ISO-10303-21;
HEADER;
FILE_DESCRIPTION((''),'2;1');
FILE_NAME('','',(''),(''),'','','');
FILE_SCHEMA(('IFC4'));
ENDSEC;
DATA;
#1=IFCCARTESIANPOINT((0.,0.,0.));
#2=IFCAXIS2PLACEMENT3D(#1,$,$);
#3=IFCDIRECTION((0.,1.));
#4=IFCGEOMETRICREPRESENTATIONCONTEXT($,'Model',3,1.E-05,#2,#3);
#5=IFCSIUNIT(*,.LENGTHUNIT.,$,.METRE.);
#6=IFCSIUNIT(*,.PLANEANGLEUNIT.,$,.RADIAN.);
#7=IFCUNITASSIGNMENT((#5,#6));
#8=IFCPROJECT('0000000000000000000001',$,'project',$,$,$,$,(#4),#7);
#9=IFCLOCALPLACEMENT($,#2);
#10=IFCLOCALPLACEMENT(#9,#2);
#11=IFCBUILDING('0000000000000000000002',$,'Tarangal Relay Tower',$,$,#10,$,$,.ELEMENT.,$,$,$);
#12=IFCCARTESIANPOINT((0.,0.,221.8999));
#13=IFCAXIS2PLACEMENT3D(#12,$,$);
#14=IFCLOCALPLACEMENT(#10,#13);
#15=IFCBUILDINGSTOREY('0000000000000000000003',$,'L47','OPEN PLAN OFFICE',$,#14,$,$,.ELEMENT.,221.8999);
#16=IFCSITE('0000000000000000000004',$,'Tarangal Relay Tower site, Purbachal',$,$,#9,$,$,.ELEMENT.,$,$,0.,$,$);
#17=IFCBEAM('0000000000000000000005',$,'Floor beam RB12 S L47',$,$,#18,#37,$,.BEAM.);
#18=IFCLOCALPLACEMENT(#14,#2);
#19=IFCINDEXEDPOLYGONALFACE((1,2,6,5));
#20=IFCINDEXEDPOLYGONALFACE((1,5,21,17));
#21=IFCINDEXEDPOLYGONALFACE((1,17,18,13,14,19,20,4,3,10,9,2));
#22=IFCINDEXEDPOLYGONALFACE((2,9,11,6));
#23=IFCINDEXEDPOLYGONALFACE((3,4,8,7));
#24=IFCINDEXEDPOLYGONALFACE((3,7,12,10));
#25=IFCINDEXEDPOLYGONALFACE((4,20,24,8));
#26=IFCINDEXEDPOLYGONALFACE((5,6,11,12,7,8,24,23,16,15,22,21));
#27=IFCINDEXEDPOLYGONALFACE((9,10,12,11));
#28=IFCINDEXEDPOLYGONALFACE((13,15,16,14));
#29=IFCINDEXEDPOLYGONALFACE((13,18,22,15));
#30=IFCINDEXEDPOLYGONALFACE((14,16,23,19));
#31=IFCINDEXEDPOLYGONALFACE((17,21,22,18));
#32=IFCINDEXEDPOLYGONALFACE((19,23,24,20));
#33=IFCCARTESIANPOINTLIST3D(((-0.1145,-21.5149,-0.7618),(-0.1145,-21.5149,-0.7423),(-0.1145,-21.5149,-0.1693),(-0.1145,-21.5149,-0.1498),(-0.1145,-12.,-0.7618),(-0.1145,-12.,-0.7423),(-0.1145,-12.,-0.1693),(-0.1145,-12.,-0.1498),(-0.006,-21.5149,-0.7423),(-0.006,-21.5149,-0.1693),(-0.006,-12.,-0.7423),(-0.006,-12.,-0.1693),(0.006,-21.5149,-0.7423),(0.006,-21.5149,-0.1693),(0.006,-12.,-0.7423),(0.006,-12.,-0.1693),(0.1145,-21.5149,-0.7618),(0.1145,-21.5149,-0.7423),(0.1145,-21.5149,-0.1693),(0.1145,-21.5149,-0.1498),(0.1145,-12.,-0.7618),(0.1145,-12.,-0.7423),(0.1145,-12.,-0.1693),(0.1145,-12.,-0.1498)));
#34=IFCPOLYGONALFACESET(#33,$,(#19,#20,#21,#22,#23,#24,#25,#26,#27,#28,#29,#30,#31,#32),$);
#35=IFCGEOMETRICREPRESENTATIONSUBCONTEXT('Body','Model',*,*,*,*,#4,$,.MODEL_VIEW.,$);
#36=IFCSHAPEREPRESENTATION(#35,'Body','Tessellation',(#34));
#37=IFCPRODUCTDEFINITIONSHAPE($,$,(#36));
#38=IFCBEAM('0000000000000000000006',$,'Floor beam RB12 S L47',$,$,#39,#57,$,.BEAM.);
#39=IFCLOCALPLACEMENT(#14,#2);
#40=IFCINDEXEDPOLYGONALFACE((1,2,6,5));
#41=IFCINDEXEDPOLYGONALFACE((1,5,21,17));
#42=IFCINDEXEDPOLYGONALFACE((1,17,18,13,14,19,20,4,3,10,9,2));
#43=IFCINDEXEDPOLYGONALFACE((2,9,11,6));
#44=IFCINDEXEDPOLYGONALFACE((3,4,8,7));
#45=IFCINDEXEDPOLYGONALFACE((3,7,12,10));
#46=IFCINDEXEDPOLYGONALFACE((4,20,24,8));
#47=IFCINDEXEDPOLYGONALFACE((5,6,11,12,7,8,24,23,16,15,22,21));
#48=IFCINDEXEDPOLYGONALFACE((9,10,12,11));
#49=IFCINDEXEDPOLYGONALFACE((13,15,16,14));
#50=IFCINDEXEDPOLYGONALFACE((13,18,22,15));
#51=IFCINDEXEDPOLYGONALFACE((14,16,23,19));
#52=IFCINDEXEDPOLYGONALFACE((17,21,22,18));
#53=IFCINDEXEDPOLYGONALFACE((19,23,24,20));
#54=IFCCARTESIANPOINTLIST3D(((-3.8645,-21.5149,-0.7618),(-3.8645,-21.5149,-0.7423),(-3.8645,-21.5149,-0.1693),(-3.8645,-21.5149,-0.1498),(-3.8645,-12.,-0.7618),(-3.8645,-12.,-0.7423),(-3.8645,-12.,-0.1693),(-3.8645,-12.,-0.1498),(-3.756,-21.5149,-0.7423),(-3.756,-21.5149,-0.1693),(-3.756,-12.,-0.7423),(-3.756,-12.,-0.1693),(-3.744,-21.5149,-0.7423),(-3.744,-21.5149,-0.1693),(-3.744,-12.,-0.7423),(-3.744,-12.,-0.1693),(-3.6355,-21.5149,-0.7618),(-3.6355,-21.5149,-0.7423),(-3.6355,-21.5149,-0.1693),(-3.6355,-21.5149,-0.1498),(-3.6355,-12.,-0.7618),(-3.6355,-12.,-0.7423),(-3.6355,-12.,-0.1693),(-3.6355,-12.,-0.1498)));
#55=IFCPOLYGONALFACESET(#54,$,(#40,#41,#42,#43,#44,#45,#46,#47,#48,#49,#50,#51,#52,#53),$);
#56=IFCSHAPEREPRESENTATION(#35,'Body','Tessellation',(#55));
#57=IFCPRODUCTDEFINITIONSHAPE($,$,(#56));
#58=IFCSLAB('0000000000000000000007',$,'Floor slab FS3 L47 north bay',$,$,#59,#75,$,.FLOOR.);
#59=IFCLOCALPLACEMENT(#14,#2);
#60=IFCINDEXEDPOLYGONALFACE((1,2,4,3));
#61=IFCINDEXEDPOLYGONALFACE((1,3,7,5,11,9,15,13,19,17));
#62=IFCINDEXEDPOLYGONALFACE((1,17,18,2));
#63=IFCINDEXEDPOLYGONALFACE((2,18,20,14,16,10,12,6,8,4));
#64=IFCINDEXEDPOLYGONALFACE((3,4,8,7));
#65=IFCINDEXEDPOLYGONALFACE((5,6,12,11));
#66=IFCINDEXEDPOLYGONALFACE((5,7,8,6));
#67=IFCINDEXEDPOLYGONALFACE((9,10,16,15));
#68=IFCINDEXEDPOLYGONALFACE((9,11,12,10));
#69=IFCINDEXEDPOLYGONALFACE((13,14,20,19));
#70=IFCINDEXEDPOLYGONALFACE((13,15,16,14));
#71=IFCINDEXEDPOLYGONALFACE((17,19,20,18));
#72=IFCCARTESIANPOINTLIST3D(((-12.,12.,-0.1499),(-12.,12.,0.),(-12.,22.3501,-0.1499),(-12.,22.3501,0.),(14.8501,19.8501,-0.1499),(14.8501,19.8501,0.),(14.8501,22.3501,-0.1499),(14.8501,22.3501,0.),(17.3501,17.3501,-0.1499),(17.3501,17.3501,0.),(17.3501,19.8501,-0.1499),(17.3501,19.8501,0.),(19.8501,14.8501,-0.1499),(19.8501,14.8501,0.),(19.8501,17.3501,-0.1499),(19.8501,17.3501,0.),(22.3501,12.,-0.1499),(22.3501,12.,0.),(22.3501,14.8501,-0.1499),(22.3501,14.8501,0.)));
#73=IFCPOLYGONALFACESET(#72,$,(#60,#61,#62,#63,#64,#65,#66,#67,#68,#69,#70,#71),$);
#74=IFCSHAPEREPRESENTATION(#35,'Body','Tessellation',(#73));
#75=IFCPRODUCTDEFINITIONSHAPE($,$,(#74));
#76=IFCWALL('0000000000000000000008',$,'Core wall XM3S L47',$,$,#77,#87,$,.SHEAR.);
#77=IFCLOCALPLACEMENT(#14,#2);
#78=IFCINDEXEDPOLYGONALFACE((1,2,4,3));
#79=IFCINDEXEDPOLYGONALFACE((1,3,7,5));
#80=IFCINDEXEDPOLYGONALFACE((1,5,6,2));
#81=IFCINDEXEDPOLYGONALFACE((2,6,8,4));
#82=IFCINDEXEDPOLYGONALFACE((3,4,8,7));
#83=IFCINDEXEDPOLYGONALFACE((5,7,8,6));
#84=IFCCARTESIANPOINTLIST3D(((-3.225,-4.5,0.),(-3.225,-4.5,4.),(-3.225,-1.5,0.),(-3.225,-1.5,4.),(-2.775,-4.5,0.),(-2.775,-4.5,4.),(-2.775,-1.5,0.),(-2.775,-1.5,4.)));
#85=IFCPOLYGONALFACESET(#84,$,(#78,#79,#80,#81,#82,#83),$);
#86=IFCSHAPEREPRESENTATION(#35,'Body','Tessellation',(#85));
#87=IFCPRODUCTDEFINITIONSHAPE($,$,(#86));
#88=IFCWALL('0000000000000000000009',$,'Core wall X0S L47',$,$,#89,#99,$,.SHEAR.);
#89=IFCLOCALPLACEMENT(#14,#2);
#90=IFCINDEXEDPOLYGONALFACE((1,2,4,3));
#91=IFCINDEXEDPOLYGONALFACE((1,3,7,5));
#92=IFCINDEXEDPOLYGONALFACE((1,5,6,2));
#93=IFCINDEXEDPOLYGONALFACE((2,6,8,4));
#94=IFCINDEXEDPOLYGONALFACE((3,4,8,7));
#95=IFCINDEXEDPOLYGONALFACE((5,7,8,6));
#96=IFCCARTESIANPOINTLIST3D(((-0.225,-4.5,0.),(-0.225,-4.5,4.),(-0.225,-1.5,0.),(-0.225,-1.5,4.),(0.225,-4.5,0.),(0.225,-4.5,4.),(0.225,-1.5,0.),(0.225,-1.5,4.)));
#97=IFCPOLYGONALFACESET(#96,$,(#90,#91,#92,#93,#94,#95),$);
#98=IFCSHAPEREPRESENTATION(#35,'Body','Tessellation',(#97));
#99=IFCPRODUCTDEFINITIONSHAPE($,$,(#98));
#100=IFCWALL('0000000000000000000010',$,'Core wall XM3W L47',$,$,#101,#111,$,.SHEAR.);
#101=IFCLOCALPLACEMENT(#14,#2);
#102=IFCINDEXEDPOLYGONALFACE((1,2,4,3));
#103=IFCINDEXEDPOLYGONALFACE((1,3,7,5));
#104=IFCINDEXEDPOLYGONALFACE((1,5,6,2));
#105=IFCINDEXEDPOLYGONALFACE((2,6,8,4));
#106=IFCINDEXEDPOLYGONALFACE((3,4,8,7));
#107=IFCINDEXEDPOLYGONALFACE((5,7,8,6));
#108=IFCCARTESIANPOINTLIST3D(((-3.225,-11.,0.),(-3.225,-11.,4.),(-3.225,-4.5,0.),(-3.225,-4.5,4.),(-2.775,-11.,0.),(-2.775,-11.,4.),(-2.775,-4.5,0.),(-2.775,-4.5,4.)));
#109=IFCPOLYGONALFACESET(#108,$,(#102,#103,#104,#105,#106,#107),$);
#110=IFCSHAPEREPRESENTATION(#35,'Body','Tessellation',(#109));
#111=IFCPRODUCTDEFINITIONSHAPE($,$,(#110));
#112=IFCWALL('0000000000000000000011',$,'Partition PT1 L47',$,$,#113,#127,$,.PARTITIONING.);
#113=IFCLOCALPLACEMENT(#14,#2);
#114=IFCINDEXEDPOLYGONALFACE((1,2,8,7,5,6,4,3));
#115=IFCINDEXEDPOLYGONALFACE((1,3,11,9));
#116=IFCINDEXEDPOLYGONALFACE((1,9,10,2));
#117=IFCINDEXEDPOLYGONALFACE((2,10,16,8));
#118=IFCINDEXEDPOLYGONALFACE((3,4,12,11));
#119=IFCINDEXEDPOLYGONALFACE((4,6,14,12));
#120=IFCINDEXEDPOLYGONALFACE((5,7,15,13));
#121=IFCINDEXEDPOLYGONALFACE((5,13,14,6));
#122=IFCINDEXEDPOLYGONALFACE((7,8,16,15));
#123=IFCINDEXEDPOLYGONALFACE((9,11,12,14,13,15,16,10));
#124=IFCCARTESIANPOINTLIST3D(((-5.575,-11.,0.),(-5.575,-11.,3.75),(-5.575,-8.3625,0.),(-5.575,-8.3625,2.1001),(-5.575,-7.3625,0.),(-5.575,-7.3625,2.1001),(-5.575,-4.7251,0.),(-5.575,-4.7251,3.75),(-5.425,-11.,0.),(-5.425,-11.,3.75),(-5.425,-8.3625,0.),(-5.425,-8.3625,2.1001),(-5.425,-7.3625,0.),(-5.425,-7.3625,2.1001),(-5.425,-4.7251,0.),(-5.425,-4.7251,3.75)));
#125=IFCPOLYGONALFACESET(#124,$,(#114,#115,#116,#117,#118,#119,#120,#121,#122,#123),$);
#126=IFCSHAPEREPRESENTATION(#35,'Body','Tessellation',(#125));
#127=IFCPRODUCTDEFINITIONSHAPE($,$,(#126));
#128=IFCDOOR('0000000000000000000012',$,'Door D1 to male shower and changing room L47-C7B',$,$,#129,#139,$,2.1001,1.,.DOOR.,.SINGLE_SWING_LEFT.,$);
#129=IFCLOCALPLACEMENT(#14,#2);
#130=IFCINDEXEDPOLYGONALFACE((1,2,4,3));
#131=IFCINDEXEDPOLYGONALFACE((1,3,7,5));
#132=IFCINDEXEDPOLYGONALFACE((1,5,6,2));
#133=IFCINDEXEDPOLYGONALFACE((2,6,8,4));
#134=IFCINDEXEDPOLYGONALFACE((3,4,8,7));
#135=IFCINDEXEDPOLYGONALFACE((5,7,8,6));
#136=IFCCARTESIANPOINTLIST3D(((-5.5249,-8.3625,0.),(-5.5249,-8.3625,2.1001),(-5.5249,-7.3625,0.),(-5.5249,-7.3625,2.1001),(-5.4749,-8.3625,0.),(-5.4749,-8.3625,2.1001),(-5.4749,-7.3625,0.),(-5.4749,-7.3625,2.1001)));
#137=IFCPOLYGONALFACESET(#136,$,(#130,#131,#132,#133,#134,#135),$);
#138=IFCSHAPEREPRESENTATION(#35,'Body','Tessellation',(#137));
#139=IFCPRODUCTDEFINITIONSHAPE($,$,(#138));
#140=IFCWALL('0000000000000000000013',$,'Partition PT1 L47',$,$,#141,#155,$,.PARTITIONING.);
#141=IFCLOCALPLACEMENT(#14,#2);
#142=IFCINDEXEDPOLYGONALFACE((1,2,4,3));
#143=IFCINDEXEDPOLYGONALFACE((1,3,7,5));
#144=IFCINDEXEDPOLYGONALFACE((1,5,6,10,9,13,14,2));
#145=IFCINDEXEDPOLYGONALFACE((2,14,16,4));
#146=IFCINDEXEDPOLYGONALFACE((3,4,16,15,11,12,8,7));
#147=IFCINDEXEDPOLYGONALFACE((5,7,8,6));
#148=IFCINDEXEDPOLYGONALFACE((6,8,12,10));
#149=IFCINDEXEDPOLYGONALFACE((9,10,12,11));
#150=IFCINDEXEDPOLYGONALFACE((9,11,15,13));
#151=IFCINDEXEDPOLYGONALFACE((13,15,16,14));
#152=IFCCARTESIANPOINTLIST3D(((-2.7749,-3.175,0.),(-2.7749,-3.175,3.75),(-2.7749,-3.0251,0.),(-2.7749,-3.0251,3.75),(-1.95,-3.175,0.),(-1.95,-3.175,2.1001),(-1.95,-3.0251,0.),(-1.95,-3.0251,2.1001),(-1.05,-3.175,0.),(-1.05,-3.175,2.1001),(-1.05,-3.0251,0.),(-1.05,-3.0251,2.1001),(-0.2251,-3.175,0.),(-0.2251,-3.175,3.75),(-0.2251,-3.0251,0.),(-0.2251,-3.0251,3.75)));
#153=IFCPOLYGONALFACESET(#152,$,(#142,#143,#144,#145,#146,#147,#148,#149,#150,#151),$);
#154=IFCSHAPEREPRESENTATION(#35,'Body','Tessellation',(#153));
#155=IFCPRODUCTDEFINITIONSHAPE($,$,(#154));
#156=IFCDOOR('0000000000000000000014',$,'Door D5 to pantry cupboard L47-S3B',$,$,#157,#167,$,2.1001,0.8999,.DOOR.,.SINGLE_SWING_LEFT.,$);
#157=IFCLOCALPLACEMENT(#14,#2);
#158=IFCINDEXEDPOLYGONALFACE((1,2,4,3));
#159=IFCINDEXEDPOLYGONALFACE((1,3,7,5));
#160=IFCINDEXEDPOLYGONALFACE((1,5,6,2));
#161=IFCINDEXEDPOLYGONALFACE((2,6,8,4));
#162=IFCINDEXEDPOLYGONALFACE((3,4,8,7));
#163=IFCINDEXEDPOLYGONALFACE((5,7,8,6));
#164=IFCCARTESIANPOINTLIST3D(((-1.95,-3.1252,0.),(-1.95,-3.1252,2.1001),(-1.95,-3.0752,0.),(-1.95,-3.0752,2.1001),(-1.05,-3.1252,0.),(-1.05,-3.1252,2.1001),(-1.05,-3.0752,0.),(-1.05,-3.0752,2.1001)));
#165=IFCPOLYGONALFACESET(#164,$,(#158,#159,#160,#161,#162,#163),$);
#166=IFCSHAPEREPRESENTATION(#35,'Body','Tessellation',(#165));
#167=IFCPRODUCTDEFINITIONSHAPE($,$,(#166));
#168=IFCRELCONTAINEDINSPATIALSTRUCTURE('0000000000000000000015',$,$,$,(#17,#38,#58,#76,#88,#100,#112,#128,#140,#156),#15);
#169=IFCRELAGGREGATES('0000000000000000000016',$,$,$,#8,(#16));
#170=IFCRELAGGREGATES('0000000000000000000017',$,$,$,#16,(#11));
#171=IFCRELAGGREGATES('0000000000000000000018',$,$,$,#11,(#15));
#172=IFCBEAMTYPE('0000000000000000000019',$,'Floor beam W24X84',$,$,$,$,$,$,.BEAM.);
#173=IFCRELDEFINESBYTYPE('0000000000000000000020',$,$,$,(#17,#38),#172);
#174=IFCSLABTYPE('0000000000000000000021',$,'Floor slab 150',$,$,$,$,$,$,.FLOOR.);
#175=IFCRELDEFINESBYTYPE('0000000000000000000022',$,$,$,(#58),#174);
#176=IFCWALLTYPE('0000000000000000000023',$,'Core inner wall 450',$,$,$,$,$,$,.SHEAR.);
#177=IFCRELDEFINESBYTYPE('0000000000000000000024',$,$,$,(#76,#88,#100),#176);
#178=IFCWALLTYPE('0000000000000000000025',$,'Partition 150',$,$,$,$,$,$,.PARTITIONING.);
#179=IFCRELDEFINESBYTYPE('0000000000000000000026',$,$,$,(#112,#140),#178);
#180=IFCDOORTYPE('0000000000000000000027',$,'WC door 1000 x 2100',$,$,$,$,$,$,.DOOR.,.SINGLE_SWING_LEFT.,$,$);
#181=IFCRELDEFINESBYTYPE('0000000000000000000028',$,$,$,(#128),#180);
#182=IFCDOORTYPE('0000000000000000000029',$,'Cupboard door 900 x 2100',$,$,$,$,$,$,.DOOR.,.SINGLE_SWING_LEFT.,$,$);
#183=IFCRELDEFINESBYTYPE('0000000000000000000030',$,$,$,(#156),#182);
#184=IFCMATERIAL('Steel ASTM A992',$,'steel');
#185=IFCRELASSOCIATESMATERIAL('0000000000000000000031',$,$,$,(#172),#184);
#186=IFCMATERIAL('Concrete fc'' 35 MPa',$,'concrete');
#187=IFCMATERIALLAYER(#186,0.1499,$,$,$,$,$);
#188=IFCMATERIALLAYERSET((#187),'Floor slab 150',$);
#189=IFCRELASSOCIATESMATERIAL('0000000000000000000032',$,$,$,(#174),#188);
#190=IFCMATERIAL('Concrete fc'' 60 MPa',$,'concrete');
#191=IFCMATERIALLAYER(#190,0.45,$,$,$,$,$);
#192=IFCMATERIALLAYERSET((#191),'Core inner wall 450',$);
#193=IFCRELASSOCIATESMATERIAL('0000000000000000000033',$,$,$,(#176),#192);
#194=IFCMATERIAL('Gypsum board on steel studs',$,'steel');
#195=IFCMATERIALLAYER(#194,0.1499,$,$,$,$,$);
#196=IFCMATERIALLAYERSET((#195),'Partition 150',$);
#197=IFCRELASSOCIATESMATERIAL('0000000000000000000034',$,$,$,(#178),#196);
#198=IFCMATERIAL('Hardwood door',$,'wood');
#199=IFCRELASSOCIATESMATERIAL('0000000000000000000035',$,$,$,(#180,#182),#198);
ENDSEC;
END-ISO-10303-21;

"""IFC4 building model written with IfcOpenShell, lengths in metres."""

from ifc_helpers import new_model, si_unit, direction, frame, frame_2d, origin, origin_2d, place, context, subcontext, project, spatial, polyline, rectangle, i_section, outline, extrude, material, layer, layer_set, material_profile, profile_set, type_object, element, fill, save


model = new_model("IFC4")

# Units and contexts
model_context = context("Model", 3, precision=1e-05, world=origin(), true_north=direction((0.0, 1.0)))
body_context = subcontext(model_context, "Body", "Model", "MODEL_VIEW")
ifc_project = project(units=[si_unit("LENGTHUNIT", "METRE"), si_unit("PLANEANGLEUNIT", "RADIAN")], contexts=[model_context])

# Site, building, storey
site_placement = place(None, origin())
site = spatial("IfcSite", under=ifc_project, at=site_placement, Name="Tarangal Relay Tower site, Purbachal", CompositionType="ELEMENT", RefElevation=0.0)
building_placement = place(site_placement, origin())
building = spatial("IfcBuilding", under=site, at=building_placement, Name="Tarangal Relay Tower", CompositionType="ELEMENT")
storey_placement = place(building_placement, frame((0.0, 0.0, 221.8999)))
storey = spatial("IfcBuildingStorey", under=building, at=storey_placement, Name="L47", Description="OPEN PLAN OFFICE", CompositionType="ELEMENT", Elevation=221.8999)

# Beams
ifc_material_1 = material(Name="Steel ASTM A992", Category="steel")
ifc_material_profile = material_profile(ifc_material_1, i_section(OverallWidth=0.229, OverallDepth=0.6121, WebThickness=0.012, FlangeThickness=0.0195, at=origin_2d()), Name="W24X84")
ifc_profile_set = profile_set([ifc_material_profile], Name="Steel ASTM A992")
beam_type = type_object("IfcBeamType", Name="Floor beam W24X84", PredefinedType="BEAM", material=ifc_profile_set)
for number, where, z_axis, x_axis, name in (
    (1, (0.0, -12.0, -0.4558), (0.0, -1.0, 0.0), (1.0, 0.0, 0.0), "Floor beam RB12 S L47"),
    (2, (-3.75, -12.0, -0.4558), (0.0, -1.0, 0.0), (1.0, 0.0, 0.0), "Floor beam RB12 S L47"),
):
    element("IfcBeam", number, at=place(storey_placement, frame(where, z_axis=z_axis, x_axis=x_axis)), inside=storey, type_object=beam_type, Name=name, PredefinedType="BEAM", context=body_context, shape_type="SweptSolid", body=[
        extrude(i_section(OverallWidth=0.229, OverallDepth=0.6121, WebThickness=0.012, FlangeThickness=0.0195, at=origin_2d()), origin(), (0.0, 0.0, 1.0), 9.5149),
    ])

# Slab
ifc_material_2 = material(Name="Concrete fc' 35 MPa", Category="concrete")
ifc_layer_1 = layer(ifc_material_2, 0.1499)
ifc_layer_set_1 = layer_set([ifc_layer_1], Name="Floor slab 150")
slab_type = type_object("IfcSlabType", Name="Floor slab 150", PredefinedType="FLOOR", material=ifc_layer_set_1)
slab_placement = place(storey_placement, frame((0.0, 0.0, -0.1499)))
element("IfcSlab", 3, at=slab_placement, inside=storey, type_object=slab_type, Name="Floor slab FS3 L47 north bay", PredefinedType="FLOOR", context=body_context, shape_type="SweptSolid", body=[
    extrude(outline(polyline([(14.8501, 22.3501), (14.8501, 19.8501), (17.3501, 19.8501), (17.3501, 17.3501), (19.8501, 17.3501), (19.8501, 14.8501), (22.3501, 14.8501), (22.3501, 12.0), (-12.0, 12.0), (-12.0, 22.3501), (14.8501, 22.3501)])), origin(), (0.0, 0.0, 1.0), 0.1499),
])

# Walls
ifc_material_3 = material(Name="Concrete fc' 60 MPa", Category="concrete")
ifc_layer_2 = layer(ifc_material_3, 0.45)
ifc_layer_set_2 = layer_set([ifc_layer_2], Name="Core inner wall 450")
wall_type_1 = type_object("IfcWallType", Name="Core inner wall 450", PredefinedType="SHEAR", material=ifc_layer_set_2)
for number, where, z_axis, x_axis, name in (
    (4, (-3.0, -4.5, 0.0), (0.0, 0.0, 1.0), (0.0, 1.0, 0.0), "Core wall XM3S L47"),
    (5, (0.0, -4.5, 0.0), (0.0, 0.0, 1.0), (0.0, 1.0, 0.0), "Core wall X0S L47"),
):
    element("IfcWall", number, at=place(storey_placement, frame(where, z_axis=z_axis, x_axis=x_axis)), inside=storey, type_object=wall_type_1, Name=name, PredefinedType="SHEAR", context=body_context, shape_type="SweptSolid", body=[
        extrude(rectangle(XDim=3.0, YDim=0.45, at=frame_2d((1.5, 0.0))), origin(), (0.0, 0.0, 1.0), 4.0),
    ])
wall_1_placement = place(storey_placement, frame((-3.0, -11.0, 0.0), z_axis=(0.0, 0.0, 1.0), x_axis=(0.0, 1.0, 0.0)))
element("IfcWall", 6, at=wall_1_placement, inside=storey, type_object=wall_type_1, Name="Core wall XM3W L47", PredefinedType="SHEAR", context=body_context, shape_type="SweptSolid", body=[
    extrude(rectangle(XDim=6.5, YDim=0.45, at=frame_2d((3.25, 0.0))), origin(), (0.0, 0.0, 1.0), 4.0),
])

# Walls, openings, doors
ifc_material_4 = material(Name="Gypsum board on steel studs", Category="steel")
ifc_layer_3 = layer(ifc_material_4, 0.1499)
ifc_layer_set_3 = layer_set([ifc_layer_3], Name="Partition 150")
wall_type_2 = type_object("IfcWallType", Name="Partition 150", PredefinedType="PARTITIONING", material=ifc_layer_set_3)
wall_2_placement = place(storey_placement, frame((-5.5, -11.0, 0.0), z_axis=(0.0, 0.0, 1.0), x_axis=(0.0, 1.0, 0.0)))
wall_2 = element("IfcWall", 7, at=wall_2_placement, inside=storey, type_object=wall_type_2, Name="Partition PT1 L47", PredefinedType="PARTITIONING", context=body_context, shape_type="SweptSolid", body=[
    extrude(rectangle(XDim=6.2749, YDim=0.1499, at=frame_2d((3.1375, 0.0))), origin(), (0.0, 0.0, 1.0), 3.75),
])
opening_1_placement = place(wall_2_placement, frame((2.6375, 0.0, 0.0)))
opening_1 = element("IfcOpeningElement", 8, at=opening_1_placement, cuts=wall_2, PredefinedType="OPENING", context=body_context, shape_type="SweptSolid", body=[
    extrude(rectangle(XDim=1.0, YDim=2.1001, at=frame_2d((0.5, 1.05))), frame((0.0, 0.085, 0.0), z_axis=(0.0, -1.0, 0.0), x_axis=(1.0, 0.0, 0.0)), (0.0, 0.0, 1.0), 0.1699),
])
ifc_material_5 = material(Name="Hardwood door", Category="wood")
door_type_1 = type_object("IfcDoorType", Name="WC door 1000 x 2100", OperationType="SINGLE_SWING_LEFT", PredefinedType="DOOR", material=ifc_material_5)
door_1_placement = place(opening_1_placement, origin())
door_1 = element("IfcDoor", 9, at=door_1_placement, inside=storey, type_object=door_type_1, Name="Door D1 to male shower and changing room L47-C7B", OperationType="SINGLE_SWING_LEFT", OverallHeight=2.1001, OverallWidth=1.0, PredefinedType="DOOR", context=body_context, shape_type="SweptSolid", body=[
    extrude(rectangle(XDim=1.0, YDim=2.1001, at=frame_2d((0.5, 1.05))), frame((0.0, 0.0249, 0.0), z_axis=(0.0, -1.0, 0.0), x_axis=(1.0, 0.0, 0.0)), (0.0, 0.0, 1.0), 0.05),
])
fill(opening_1, door_1)
wall_3_placement = place(storey_placement, frame((-2.7749, -3.1001, 0.0), z_axis=(0.0, 0.0, 1.0), x_axis=(1.0, 0.0, 0.0)))
wall_3 = element("IfcWall", 10, at=wall_3_placement, inside=storey, type_object=wall_type_2, Name="Partition PT1 L47", PredefinedType="PARTITIONING", context=body_context, shape_type="SweptSolid", body=[
    extrude(rectangle(XDim=2.5498, YDim=0.1499, at=frame_2d((1.2749, 0.0))), origin(), (0.0, 0.0, 1.0), 3.75),
])
opening_2_placement = place(wall_3_placement, frame((0.825, 0.0, 0.0)))
opening_2 = element("IfcOpeningElement", 11, at=opening_2_placement, cuts=wall_3, PredefinedType="OPENING", context=body_context, shape_type="SweptSolid", body=[
    extrude(rectangle(XDim=0.8999, YDim=2.1001, at=frame_2d((0.45, 1.05))), frame((0.0, 0.085, 0.0), z_axis=(0.0, -1.0, 0.0), x_axis=(1.0, 0.0, 0.0)), (0.0, 0.0, 1.0), 0.1699),
])
door_type_2 = type_object("IfcDoorType", Name="Cupboard door 900 x 2100", OperationType="SINGLE_SWING_LEFT", PredefinedType="DOOR", material=ifc_material_5)
door_2_placement = place(opening_2_placement, origin())
door_2 = element("IfcDoor", 12, at=door_2_placement, inside=storey, type_object=door_type_2, Name="Door D5 to pantry cupboard L47-S3B", OperationType="SINGLE_SWING_LEFT", OverallHeight=2.1001, OverallWidth=0.8999, PredefinedType="DOOR", context=body_context, shape_type="SweptSolid", body=[
    extrude(rectangle(XDim=0.8999, YDim=2.1001, at=frame_2d((0.45, 1.05))), frame((0.0, 0.0249, 0.0), z_axis=(0.0, -1.0, 0.0), x_axis=(1.0, 0.0, 0.0)), (0.0, 0.0, 1.0), 0.05),
])
fill(opening_2, door_2)

save(model, "model.ifc")
